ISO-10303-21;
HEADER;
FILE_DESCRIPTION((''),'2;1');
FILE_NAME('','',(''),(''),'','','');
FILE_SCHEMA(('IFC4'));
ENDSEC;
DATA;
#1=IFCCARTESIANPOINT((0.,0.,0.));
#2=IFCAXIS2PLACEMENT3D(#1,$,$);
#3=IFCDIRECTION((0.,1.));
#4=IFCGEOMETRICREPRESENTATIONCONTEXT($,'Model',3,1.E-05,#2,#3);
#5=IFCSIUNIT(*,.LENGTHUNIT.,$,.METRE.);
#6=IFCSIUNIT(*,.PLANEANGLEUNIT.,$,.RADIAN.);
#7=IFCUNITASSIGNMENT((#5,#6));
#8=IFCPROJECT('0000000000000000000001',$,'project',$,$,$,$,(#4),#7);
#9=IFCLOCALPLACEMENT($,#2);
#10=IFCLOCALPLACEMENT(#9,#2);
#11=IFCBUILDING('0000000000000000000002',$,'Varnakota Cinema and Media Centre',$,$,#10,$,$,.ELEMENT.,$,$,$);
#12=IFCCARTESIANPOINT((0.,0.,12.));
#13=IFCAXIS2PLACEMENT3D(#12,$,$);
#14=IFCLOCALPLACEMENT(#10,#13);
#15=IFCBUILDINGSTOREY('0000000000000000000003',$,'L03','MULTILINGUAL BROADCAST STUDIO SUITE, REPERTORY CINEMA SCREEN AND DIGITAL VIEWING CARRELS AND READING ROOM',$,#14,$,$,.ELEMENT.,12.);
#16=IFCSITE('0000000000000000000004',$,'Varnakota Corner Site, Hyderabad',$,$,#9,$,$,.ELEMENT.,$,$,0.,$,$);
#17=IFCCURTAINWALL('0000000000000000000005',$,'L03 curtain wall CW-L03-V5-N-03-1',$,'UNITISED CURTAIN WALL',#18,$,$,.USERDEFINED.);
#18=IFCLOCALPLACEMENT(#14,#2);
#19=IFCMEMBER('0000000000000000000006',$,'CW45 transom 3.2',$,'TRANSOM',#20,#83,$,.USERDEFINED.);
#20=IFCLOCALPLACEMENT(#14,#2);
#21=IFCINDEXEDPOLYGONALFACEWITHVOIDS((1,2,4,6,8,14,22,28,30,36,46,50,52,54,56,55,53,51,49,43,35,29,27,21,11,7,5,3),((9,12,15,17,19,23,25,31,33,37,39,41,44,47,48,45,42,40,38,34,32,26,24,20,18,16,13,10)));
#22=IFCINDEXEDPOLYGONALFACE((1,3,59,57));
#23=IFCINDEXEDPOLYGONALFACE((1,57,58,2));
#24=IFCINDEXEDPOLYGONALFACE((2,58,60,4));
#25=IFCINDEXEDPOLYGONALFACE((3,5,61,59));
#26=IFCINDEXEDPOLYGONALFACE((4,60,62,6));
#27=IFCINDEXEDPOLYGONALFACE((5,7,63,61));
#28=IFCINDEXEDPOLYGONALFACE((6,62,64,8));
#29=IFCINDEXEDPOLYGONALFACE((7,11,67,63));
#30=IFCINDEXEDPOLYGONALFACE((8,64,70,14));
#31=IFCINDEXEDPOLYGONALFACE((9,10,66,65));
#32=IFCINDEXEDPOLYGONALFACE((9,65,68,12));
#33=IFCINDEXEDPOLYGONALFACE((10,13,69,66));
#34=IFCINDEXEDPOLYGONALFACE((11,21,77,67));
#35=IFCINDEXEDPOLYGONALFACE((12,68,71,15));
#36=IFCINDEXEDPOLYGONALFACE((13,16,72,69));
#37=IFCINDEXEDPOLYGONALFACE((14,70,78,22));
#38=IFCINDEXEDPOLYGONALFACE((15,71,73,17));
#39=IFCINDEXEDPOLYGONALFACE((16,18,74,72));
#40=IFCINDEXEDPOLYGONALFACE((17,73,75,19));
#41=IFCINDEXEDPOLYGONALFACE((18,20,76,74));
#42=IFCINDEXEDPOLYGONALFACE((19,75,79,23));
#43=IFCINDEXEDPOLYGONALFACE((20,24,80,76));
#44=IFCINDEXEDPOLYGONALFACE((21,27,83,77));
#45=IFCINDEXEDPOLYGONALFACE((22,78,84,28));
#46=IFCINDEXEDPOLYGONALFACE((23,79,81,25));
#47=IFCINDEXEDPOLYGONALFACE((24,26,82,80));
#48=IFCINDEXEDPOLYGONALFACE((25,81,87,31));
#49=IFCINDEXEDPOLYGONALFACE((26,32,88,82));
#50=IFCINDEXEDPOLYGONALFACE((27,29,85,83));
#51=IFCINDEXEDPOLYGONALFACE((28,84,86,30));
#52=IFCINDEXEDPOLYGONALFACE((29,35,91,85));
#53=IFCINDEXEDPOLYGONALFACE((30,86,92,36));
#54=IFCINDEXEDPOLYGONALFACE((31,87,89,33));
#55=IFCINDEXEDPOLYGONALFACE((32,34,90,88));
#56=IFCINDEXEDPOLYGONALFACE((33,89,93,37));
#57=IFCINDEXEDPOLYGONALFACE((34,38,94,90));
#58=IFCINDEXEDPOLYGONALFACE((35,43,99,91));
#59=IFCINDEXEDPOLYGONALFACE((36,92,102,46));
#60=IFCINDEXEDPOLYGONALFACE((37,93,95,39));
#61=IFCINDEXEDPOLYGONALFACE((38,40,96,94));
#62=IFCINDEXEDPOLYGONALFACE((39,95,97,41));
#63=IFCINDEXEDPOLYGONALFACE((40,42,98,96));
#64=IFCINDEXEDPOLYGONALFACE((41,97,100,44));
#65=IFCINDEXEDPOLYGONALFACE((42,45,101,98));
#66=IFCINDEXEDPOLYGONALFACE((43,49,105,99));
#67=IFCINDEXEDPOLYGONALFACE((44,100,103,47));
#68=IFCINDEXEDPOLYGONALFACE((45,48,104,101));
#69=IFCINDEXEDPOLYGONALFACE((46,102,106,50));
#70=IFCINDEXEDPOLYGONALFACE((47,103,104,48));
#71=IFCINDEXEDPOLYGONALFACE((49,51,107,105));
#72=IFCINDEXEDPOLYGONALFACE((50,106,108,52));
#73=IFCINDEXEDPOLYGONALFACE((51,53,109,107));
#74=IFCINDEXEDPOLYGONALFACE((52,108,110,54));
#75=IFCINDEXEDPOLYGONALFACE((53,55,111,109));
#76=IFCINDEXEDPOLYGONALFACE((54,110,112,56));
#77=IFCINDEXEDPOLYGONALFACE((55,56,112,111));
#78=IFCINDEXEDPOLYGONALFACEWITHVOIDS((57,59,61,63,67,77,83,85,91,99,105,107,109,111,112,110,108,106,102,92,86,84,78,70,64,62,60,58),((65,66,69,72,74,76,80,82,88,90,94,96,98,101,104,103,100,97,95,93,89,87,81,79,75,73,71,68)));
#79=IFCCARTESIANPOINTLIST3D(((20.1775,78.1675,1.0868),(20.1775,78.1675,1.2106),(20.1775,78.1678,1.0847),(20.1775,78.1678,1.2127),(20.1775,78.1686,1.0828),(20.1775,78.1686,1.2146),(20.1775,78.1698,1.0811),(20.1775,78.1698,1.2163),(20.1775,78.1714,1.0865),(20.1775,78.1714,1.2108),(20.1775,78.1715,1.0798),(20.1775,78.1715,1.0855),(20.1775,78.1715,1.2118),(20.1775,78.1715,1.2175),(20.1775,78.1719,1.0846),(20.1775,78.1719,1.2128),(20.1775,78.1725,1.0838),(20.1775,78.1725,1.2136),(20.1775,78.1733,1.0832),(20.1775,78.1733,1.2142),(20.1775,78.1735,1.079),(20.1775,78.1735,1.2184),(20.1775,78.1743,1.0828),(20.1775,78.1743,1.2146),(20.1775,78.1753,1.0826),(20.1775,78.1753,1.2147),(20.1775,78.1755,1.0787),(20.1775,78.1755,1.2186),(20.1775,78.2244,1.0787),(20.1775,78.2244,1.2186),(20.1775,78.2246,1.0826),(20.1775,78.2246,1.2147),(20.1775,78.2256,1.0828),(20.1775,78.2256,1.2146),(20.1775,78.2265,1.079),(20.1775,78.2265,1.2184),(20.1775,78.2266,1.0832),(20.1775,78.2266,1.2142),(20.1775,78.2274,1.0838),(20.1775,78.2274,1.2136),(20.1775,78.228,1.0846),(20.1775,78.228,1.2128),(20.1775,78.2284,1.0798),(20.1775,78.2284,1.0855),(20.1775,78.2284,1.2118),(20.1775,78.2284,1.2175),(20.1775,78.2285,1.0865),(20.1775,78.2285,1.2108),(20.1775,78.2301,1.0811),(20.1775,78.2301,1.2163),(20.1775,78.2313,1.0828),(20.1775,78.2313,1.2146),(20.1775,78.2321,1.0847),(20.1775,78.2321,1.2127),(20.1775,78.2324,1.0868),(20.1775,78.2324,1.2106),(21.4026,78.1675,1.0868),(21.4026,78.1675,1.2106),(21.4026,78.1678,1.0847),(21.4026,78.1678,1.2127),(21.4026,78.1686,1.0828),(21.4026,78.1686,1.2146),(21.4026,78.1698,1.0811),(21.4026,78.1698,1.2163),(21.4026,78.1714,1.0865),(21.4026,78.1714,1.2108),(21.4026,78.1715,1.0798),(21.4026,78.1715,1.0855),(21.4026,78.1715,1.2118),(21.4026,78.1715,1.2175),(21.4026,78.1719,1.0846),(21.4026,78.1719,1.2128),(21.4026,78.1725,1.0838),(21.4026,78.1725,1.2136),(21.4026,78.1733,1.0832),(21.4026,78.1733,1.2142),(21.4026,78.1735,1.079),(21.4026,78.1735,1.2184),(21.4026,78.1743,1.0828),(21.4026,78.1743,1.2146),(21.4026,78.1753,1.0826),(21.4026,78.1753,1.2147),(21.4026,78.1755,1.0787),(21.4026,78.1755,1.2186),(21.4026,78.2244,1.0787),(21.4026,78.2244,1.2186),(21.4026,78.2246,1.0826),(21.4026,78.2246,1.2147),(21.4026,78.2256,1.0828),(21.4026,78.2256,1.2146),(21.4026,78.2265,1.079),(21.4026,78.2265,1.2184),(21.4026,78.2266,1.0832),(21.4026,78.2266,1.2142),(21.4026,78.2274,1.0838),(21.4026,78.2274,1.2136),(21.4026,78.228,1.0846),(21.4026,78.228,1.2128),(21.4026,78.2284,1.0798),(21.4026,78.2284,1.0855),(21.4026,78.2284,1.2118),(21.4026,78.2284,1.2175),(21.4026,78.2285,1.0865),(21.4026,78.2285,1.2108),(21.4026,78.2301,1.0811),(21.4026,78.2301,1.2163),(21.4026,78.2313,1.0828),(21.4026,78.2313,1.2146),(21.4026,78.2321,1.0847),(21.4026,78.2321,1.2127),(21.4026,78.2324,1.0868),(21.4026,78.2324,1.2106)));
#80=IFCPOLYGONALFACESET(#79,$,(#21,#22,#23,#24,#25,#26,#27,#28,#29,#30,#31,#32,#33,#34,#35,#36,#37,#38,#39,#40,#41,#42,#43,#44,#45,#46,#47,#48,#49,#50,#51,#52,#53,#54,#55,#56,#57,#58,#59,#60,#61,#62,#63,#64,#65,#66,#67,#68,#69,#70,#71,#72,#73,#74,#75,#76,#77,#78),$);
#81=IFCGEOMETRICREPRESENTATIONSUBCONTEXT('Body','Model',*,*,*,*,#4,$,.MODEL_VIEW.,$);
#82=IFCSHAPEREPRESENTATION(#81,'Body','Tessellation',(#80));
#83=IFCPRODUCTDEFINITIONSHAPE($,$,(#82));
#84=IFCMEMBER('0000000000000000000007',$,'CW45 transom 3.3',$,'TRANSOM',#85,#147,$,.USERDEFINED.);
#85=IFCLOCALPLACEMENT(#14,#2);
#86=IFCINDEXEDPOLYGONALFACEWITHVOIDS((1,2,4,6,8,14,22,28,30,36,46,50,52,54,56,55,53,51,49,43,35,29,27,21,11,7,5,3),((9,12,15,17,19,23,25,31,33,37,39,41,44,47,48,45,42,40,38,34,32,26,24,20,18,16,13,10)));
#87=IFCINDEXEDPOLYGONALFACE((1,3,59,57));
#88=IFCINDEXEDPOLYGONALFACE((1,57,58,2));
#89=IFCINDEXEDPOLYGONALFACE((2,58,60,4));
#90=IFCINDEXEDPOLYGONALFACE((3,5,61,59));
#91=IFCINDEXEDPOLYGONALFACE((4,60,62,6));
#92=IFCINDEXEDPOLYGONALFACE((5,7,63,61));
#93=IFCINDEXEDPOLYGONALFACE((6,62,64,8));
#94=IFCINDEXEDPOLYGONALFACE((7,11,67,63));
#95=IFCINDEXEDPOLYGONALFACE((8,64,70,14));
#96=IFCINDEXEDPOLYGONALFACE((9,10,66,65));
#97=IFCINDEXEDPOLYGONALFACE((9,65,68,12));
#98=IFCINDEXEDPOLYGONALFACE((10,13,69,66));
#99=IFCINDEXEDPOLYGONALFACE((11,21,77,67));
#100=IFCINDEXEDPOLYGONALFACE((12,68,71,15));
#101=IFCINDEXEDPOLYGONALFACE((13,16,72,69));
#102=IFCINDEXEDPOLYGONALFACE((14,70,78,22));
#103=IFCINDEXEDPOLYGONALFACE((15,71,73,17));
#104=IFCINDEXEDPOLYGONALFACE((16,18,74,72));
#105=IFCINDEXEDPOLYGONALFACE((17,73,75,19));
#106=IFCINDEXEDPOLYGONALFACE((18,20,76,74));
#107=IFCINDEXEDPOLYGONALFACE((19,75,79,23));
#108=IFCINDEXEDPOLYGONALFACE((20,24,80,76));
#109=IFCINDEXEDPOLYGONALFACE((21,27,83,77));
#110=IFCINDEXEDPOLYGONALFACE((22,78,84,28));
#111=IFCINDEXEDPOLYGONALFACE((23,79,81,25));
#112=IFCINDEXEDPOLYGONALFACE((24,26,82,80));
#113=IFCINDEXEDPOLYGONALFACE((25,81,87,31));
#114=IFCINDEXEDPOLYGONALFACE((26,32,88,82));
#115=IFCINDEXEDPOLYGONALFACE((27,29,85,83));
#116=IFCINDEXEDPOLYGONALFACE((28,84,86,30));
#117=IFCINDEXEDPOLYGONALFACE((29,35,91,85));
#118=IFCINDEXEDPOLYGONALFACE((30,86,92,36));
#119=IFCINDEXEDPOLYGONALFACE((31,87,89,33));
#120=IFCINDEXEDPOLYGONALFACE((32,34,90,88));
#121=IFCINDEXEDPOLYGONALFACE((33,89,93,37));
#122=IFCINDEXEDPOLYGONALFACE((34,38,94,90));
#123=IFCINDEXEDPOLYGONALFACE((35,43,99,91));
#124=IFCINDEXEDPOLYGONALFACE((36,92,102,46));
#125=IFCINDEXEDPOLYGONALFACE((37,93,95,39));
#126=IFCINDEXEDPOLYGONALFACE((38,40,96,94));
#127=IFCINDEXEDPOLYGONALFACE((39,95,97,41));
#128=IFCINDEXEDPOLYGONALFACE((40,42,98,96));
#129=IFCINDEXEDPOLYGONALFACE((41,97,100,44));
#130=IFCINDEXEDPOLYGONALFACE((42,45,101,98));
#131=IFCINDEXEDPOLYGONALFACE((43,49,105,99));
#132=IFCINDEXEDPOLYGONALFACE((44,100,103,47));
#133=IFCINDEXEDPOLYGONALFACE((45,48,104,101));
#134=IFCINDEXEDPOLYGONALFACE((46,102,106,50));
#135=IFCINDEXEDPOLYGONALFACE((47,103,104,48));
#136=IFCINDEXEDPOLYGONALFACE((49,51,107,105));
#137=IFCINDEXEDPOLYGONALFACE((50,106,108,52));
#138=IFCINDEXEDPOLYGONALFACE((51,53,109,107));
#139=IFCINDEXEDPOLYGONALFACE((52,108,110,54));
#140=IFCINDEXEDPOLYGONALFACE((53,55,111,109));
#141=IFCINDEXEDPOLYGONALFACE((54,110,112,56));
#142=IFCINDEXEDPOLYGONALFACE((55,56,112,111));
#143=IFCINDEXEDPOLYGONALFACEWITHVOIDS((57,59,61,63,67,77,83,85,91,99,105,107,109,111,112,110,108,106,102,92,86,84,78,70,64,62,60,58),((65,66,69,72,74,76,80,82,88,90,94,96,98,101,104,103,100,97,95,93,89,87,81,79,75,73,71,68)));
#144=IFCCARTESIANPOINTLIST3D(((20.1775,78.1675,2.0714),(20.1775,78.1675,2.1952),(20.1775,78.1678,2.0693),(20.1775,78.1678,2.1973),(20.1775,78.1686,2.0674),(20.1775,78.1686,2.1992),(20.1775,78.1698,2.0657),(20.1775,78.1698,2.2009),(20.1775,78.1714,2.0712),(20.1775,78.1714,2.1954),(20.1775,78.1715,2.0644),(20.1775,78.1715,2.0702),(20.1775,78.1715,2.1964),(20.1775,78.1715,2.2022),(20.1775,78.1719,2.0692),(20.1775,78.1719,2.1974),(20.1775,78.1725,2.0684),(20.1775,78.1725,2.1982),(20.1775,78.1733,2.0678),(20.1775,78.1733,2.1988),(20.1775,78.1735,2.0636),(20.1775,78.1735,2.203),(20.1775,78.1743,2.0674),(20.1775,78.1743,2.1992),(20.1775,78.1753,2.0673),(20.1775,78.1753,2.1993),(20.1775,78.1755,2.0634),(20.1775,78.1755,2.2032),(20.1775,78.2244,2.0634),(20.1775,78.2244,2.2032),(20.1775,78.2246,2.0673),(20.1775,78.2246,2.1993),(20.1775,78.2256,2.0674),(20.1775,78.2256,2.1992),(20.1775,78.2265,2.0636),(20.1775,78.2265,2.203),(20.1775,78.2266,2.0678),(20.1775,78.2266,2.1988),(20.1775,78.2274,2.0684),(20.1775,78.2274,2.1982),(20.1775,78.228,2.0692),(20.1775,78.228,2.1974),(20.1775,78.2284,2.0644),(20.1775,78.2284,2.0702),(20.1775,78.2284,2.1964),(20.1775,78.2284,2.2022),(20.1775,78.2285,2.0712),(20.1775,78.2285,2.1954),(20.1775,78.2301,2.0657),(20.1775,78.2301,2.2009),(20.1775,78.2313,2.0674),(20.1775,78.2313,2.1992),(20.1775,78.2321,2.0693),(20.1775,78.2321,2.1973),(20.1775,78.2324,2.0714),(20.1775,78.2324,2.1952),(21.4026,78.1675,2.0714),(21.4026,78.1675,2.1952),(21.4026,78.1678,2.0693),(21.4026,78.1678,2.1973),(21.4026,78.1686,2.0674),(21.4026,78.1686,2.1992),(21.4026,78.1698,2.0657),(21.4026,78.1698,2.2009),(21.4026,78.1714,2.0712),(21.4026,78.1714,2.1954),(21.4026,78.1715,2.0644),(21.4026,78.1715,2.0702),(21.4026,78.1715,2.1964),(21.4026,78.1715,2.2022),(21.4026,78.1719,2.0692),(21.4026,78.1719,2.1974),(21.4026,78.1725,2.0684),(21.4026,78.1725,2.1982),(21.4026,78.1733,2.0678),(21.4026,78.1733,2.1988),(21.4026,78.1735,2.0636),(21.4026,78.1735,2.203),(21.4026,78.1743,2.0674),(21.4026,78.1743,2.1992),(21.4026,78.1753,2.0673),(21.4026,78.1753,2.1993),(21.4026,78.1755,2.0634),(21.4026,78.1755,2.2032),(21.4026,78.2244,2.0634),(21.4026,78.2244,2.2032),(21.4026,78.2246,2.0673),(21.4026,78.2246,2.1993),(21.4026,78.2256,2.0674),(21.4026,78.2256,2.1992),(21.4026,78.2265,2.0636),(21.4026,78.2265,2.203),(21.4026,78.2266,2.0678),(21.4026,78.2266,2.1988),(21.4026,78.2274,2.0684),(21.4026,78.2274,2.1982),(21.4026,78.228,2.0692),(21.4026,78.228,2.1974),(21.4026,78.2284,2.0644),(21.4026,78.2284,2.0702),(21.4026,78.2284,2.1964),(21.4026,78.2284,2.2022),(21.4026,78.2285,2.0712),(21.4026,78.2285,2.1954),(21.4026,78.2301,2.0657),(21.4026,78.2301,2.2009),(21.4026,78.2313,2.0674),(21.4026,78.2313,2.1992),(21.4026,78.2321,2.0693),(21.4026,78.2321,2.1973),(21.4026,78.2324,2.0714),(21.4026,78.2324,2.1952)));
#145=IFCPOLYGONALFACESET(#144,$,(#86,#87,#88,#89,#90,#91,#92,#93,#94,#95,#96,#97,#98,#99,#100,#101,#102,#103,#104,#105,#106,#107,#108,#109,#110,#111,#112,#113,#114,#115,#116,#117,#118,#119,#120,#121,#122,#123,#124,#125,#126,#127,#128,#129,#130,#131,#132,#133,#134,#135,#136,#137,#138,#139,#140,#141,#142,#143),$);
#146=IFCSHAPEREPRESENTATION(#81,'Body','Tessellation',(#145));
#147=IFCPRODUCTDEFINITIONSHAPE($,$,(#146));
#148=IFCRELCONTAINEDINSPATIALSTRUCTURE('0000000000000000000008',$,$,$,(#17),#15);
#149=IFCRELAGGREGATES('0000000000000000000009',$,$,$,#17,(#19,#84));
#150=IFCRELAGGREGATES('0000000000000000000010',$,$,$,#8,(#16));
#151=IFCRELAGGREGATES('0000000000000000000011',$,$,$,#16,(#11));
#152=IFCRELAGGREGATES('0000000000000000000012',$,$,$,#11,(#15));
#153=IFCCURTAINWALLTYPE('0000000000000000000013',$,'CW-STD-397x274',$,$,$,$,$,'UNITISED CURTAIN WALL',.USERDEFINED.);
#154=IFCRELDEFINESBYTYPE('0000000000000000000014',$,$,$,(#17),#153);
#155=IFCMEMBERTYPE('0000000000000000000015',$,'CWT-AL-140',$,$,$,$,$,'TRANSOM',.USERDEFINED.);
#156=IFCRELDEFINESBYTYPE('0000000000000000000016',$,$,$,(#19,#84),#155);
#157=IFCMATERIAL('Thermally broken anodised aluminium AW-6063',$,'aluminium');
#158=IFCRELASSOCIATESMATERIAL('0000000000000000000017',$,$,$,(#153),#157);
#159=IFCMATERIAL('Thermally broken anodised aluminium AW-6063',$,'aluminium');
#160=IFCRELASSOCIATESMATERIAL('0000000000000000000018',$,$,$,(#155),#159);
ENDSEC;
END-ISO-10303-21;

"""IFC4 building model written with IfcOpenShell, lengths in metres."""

from ifc_helpers import new_model, si_unit, direction, frame, origin, origin_2d, place, context, subcontext, project, spatial, hollow_rectangle, extrude, material, material_profile, profile_set, type_object, element, aggregate, save


model = new_model("IFC4")

# Units and contexts
model_context = context("Model", 3, precision=1e-05, world=origin(), true_north=direction((0.0, 1.0)))
body_context = subcontext(model_context, "Body", "Model", "MODEL_VIEW")
ifc_project = project(units=[si_unit("LENGTHUNIT", "METRE"), si_unit("PLANEANGLEUNIT", "RADIAN")], contexts=[model_context])

# Site, building, storey
site_placement = place(None, origin())
site = spatial("IfcSite", under=ifc_project, at=site_placement, Name="Varnakota Corner Site, Hyderabad", CompositionType="ELEMENT", RefElevation=0.0)
building_placement = place(site_placement, origin())
building = spatial("IfcBuilding", under=site, at=building_placement, Name="Varnakota Cinema and Media Centre", CompositionType="ELEMENT")
storey_placement = place(building_placement, frame((0.0, 0.0, 12.0)))
storey = spatial("IfcBuildingStorey", under=building, at=storey_placement, Name="L03", Description="MULTILINGUAL BROADCAST STUDIO SUITE, REPERTORY CINEMA SCREEN AND DIGITAL VIEWING CARRELS AND READING ROOM", CompositionType="ELEMENT", Elevation=12.0)

# Curtain wall
ifc_material_1 = material(Name="Thermally broken anodised aluminium AW-6063", Category="aluminium")
curtain_wall_type_1 = type_object("IfcCurtainWallType", Name="CW-STD-397x274", ElementType="UNITISED CURTAIN WALL", PredefinedType="USERDEFINED", material=ifc_material_1)
curtain_wall_1_placement = place(storey_placement, origin())
curtain_wall_1 = element("IfcCurtainWall", 1, at=curtain_wall_1_placement, inside=storey, type_object=curtain_wall_type_1, Name="L03 curtain wall CW-L03-V5-N-03-1", ObjectType="UNITISED CURTAIN WALL", PredefinedType="USERDEFINED")

# Members
ifc_material_2 = material(Name="Thermally broken anodised aluminium AW-6063", Category="aluminium")
ifc_material_profile_1 = material_profile(ifc_material_2, hollow_rectangle(XDim=0.0649, YDim=0.1399, WallThickness=0.0039, InnerFilletRadius=0.0039, OuterFilletRadius=0.0081, at=origin_2d()), Name="AL-TRANSOM 140x65x4")
ifc_profile_set_1 = profile_set([ifc_material_profile_1], Name="Thermally broken anodised aluminium AW-6063")
member_type_1 = type_object("IfcMemberType", Name="CWT-AL-140", ElementType="TRANSOM", PredefinedType="USERDEFINED", material=ifc_profile_set_1)
member_1_placement = place(storey_placement, frame((20.1775, 78.2, 1.1487), z_axis=(1.0, 0.0, 0.0), x_axis=(0.0, 1.0, 0.0)))
member_1 = element("IfcMember", 2, at=member_1_placement, type_object=member_type_1, Name="CW45 transom 3.2", ObjectType="TRANSOM", PredefinedType="USERDEFINED", context=body_context, shape_type="SweptSolid", body=[
    extrude(hollow_rectangle(XDim=0.0649, YDim=0.1399, WallThickness=0.0039, InnerFilletRadius=0.0039, OuterFilletRadius=0.0081, at=origin_2d()), origin(), (0.0, 0.0, 1.0), 1.2251),
])
member_2_placement = place(storey_placement, frame((20.1775, 78.2, 2.1333), z_axis=(1.0, 0.0, 0.0), x_axis=(0.0, 1.0, 0.0)))
member_2 = element("IfcMember", 3, at=member_2_placement, type_object=member_type_1, Name="CW45 transom 3.3", ObjectType="TRANSOM", PredefinedType="USERDEFINED", context=body_context, shape_type="SweptSolid", body=[
    extrude(hollow_rectangle(XDim=0.0649, YDim=0.1399, WallThickness=0.0039, InnerFilletRadius=0.0039, OuterFilletRadius=0.0081, at=origin_2d()), origin(), (0.0, 0.0, 1.0), 1.2251),
])

aggregate(curtain_wall_1, [member_1, member_2])

save(model, "model.ifc")
